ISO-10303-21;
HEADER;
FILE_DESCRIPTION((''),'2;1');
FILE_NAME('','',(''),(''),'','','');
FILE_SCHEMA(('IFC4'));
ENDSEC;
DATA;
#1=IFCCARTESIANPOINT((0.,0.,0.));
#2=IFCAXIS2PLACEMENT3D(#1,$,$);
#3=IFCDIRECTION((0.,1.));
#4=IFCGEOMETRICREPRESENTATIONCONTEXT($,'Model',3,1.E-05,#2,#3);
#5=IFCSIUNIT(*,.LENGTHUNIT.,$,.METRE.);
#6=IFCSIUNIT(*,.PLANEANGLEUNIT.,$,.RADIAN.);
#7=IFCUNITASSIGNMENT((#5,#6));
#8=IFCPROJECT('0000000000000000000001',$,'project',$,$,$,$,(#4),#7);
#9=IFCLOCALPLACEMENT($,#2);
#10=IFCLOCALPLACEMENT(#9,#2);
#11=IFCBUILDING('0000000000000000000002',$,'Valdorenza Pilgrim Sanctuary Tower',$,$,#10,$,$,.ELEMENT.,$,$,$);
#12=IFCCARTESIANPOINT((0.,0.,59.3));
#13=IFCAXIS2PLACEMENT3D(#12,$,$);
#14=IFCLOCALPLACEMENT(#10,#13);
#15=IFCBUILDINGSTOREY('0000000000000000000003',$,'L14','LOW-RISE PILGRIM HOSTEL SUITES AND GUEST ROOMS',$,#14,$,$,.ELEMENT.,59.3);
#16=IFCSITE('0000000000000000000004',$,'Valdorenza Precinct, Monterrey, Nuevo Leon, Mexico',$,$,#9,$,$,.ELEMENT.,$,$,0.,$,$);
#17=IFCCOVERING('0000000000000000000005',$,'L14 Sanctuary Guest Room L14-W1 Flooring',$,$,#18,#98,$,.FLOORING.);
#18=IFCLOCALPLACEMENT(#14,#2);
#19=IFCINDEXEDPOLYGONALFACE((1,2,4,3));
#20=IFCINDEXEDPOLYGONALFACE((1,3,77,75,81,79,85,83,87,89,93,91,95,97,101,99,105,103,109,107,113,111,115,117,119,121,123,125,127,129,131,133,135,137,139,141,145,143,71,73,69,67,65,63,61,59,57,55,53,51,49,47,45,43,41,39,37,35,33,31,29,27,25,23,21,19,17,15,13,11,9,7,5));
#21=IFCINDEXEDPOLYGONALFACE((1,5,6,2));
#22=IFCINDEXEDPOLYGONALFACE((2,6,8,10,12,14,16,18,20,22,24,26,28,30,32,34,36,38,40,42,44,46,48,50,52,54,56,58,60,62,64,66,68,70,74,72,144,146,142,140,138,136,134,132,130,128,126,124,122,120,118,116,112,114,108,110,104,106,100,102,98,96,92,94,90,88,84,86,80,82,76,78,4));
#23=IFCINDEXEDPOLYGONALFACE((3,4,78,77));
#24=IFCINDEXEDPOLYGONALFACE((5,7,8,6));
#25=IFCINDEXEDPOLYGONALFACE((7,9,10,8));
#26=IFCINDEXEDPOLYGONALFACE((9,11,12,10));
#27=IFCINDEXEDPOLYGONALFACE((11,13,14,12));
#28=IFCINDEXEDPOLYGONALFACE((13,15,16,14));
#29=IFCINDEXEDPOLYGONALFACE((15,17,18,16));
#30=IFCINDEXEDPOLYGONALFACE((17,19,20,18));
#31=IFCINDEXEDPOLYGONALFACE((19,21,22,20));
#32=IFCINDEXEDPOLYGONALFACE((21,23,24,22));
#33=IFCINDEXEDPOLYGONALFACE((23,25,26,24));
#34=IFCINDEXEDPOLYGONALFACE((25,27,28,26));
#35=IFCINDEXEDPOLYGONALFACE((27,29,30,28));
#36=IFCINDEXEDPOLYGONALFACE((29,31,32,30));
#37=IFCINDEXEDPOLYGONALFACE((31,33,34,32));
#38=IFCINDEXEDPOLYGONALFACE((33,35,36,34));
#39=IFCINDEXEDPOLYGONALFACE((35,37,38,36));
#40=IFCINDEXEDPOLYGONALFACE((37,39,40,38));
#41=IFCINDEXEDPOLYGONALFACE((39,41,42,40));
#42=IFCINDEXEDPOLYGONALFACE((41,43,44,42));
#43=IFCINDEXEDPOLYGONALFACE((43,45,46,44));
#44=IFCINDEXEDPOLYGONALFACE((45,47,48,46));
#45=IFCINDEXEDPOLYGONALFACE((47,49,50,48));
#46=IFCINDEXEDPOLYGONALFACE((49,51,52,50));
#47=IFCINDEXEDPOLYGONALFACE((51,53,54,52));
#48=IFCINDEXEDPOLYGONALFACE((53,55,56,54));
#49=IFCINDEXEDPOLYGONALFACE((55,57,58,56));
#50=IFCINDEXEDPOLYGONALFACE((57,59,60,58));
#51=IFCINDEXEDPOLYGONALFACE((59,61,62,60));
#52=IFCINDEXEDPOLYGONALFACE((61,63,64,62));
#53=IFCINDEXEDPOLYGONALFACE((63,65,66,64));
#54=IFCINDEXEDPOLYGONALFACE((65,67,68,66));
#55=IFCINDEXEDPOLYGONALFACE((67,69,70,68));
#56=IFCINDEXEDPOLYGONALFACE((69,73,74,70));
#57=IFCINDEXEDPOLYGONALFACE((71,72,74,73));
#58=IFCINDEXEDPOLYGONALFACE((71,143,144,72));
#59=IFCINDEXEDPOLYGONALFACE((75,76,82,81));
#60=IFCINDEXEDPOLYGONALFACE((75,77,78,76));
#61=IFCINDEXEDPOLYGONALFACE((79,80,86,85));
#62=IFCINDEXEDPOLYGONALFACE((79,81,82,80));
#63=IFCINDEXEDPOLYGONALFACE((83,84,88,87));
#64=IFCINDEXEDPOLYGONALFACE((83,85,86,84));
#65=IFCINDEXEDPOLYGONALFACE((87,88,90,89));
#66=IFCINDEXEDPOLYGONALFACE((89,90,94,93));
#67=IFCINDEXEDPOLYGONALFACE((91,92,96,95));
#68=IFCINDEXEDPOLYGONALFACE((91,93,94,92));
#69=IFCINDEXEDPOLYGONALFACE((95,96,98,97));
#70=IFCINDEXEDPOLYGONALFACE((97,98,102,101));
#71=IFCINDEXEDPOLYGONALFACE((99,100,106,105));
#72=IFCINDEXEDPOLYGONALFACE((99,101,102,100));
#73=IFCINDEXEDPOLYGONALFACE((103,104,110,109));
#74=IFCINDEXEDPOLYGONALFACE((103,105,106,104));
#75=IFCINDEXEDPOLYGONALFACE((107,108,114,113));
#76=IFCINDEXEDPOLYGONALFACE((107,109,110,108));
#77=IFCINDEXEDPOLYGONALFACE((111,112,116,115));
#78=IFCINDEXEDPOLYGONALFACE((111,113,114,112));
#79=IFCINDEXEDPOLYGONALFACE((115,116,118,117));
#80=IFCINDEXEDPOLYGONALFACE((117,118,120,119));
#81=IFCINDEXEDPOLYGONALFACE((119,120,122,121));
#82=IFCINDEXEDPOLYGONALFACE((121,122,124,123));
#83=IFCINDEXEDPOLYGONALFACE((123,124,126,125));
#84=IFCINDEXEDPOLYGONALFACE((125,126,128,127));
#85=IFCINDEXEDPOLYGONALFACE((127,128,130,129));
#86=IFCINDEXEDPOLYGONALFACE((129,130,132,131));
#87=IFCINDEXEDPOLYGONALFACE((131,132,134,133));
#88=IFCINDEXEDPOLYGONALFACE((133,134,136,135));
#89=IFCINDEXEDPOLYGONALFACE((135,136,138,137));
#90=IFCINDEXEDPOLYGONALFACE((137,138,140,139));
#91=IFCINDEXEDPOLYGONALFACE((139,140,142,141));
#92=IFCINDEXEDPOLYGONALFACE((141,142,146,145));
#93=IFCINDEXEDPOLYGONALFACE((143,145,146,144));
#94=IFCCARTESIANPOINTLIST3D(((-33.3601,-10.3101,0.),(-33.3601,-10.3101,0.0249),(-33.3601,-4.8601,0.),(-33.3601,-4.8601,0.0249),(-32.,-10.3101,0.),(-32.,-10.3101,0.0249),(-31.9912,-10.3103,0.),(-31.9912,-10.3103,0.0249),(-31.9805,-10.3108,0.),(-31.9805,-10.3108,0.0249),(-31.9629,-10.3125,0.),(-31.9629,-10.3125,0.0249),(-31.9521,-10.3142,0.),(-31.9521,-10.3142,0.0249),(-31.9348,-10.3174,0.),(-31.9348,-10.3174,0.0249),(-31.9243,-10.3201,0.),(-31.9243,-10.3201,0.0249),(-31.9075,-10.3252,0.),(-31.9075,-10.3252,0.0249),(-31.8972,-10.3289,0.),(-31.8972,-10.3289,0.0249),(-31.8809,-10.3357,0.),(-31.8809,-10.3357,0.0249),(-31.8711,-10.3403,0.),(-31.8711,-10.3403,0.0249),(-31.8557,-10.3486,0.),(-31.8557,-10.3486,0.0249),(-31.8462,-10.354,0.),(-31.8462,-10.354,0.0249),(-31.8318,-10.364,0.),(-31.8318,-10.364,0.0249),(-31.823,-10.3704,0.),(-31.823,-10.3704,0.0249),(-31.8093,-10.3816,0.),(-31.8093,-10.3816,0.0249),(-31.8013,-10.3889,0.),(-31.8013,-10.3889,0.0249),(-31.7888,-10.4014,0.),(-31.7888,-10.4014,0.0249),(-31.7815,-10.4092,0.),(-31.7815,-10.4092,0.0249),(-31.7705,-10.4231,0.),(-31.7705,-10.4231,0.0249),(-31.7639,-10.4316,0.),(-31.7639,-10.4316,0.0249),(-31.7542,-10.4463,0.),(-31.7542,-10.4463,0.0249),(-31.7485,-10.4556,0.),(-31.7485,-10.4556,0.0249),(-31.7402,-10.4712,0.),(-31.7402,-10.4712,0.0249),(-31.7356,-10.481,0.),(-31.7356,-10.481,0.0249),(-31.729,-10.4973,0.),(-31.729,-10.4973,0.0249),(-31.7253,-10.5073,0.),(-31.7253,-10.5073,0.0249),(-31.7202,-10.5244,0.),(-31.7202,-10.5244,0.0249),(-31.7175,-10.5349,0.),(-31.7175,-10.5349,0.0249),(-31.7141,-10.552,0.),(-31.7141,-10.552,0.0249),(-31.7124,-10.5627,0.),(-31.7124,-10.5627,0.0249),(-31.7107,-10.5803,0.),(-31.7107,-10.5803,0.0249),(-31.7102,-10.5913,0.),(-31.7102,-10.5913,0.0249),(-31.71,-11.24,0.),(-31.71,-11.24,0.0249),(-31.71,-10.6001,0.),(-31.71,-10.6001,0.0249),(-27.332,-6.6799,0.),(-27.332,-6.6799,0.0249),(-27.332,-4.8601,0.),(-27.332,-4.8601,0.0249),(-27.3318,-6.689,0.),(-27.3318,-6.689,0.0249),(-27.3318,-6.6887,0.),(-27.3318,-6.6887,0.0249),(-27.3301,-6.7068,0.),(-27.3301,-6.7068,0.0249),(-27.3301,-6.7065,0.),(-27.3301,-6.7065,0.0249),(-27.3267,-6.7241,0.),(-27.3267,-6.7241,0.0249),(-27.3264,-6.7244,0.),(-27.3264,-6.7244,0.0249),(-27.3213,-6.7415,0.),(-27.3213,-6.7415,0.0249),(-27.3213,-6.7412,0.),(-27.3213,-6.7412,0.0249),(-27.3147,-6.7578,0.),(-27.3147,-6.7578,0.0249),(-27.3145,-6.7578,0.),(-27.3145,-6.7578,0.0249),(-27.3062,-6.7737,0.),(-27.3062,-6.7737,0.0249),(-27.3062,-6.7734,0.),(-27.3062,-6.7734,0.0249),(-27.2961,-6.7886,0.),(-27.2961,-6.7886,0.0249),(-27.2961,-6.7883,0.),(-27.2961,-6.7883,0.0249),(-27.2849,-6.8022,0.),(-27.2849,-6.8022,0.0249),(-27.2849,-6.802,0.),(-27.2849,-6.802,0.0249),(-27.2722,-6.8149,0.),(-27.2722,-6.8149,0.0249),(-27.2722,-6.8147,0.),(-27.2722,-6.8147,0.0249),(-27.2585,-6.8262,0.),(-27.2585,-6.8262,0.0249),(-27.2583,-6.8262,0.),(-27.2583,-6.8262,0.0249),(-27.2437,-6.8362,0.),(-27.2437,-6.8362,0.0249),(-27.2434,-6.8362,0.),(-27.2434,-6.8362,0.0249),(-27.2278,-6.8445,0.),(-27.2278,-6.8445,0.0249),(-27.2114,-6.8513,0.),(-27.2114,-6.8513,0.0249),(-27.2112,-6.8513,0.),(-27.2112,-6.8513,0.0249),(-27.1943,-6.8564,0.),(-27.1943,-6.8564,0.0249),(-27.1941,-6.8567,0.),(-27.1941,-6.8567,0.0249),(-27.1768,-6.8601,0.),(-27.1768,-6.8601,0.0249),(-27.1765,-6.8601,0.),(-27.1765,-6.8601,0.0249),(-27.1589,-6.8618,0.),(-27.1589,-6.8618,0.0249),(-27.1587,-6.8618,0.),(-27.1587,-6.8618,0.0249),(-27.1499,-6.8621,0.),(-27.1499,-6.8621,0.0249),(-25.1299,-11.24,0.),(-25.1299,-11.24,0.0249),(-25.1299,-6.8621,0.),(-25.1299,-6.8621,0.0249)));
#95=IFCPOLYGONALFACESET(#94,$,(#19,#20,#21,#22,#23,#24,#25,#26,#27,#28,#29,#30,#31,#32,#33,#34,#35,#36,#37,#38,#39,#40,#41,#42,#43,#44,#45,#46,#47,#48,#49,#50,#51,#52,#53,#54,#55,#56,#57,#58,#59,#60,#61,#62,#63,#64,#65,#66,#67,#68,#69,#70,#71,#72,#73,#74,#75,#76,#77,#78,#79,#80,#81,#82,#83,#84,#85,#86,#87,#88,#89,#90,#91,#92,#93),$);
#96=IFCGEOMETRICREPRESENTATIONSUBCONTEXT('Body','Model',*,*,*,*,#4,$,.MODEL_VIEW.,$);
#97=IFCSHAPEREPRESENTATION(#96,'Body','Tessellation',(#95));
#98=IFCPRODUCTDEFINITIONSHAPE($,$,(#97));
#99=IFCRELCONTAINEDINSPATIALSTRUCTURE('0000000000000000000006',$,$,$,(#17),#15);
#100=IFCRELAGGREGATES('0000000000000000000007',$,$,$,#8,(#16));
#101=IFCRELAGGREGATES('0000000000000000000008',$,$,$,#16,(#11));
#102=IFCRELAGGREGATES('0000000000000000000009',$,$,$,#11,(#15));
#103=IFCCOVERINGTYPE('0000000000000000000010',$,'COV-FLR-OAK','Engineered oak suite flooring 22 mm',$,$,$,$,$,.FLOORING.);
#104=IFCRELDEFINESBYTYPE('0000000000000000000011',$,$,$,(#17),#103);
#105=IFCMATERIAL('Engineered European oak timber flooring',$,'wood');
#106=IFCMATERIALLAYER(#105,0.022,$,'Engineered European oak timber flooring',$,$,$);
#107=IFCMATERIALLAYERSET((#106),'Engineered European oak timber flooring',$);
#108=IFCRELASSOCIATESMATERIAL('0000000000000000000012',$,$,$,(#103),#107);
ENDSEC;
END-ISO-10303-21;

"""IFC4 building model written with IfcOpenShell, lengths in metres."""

from ifc_helpers import new_model, si_unit, direction, frame, origin, place, context, subcontext, project, spatial, polyline, outline, extrude, material, layer, layer_set, type_object, element, save


model = new_model("IFC4")

# Units and contexts
model_context = context("Model", 3, precision=1e-05, world=origin(), true_north=direction((0.0, 1.0)))
body_context = subcontext(model_context, "Body", "Model", "MODEL_VIEW")
ifc_project = project(units=[si_unit("LENGTHUNIT", "METRE"), si_unit("PLANEANGLEUNIT", "RADIAN")], contexts=[model_context])

# Site, building, storey
site_placement = place(None, origin())
site = spatial("IfcSite", under=ifc_project, at=site_placement, Name="Valdorenza Precinct, Monterrey, Nuevo Leon, Mexico", CompositionType="ELEMENT", RefElevation=0.0)
building_placement = place(site_placement, origin())
building = spatial("IfcBuilding", under=site, at=building_placement, Name="Valdorenza Pilgrim Sanctuary Tower", CompositionType="ELEMENT")
storey_placement = place(building_placement, frame((0.0, 0.0, 59.3)))
storey = spatial("IfcBuildingStorey", under=building, at=storey_placement, Name="L14", Description="LOW-RISE PILGRIM HOSTEL SUITES AND GUEST ROOMS", CompositionType="ELEMENT", Elevation=59.3)

# Covering
ifc_material_1 = material(Name="Engineered European oak timber flooring", Category="wood")
ifc_layer_1 = layer(ifc_material_1, 0.022, Name="Engineered European oak timber flooring")
ifc_layer_set_1 = layer_set([ifc_layer_1], Name="Engineered European oak timber flooring")
covering_type_1 = type_object("IfcCoveringType", Name="COV-FLR-OAK", Description="Engineered oak suite flooring 22 mm", PredefinedType="FLOORING", material=ifc_layer_set_1)
covering_1_placement = place(storey_placement, origin())
element("IfcCovering", 1, at=covering_1_placement, inside=storey, type_object=covering_type_1, Name="L14 Sanctuary Guest Room L14-W1 Flooring", PredefinedType="FLOORING", context=body_context, shape_type="SweptSolid", body=[
    extrude(outline(polyline([(-31.71, -10.6001), (-31.7102, -10.5913), (-31.7107, -10.5803), (-31.7124, -10.5627), (-31.7141, -10.552), (-31.7175, -10.5349), (-31.7202, -10.5244), (-31.7253, -10.5073), (-31.729, -10.4973), (-31.7356, -10.481), (-31.7402, -10.4712), (-31.7485, -10.4556), (-31.7542, -10.4463), (-31.7639, -10.4316), (-31.7705, -10.4231), (-31.7815, -10.4092), (-31.7888, -10.4014), (-31.8013, -10.3889), (-31.8093, -10.3816), (-31.823, -10.3704), (-31.8318, -10.364), (-31.8462, -10.354), (-31.8557, -10.3486), (-31.8711, -10.3403), (-31.8809, -10.3357), (-31.8972, -10.3289), (-31.9075, -10.3252), (-31.9243, -10.3201), (-31.9348, -10.3174), (-31.9521, -10.3142), (-31.9629, -10.3125), (-31.9805, -10.3108), (-31.9912, -10.3103), (-32.0, -10.3101), (-33.3601, -10.3101), (-33.3601, -4.8601), (-27.332, -4.8601), (-27.332, -6.6799), (-27.3318, -6.6887), (-27.3318, -6.689), (-27.3301, -6.7065), (-27.3301, -6.7068), (-27.3267, -6.7241), (-27.3264, -6.7244), (-27.3213, -6.7412), (-27.3213, -6.7415), (-27.3147, -6.7578), (-27.3145, -6.7578), (-27.3062, -6.7734), (-27.3062, -6.7737), (-27.2961, -6.7883), (-27.2961, -6.7886), (-27.2849, -6.802), (-27.2849, -6.8022), (-27.2722, -6.8147), (-27.2722, -6.8149), (-27.2585, -6.8262), (-27.2583, -6.8262), (-27.2437, -6.8362), (-27.2434, -6.8362), (-27.2278, -6.8445), (-27.2278, -6.8445), (-27.2114, -6.8513), (-27.2112, -6.8513), (-27.1943, -6.8564), (-27.1941, -6.8567), (-27.1768, -6.8601), (-27.1765, -6.8601), (-27.1589, -6.8618), (-27.1587, -6.8618), (-27.1499, -6.8621), (-25.1299, -6.8621), (-25.1299, -11.24), (-31.71, -11.24), (-31.71, -10.6001)])), origin(), (0.0, 0.0, 1.0), 0.0249),
])

save(model, "model.ifc")
